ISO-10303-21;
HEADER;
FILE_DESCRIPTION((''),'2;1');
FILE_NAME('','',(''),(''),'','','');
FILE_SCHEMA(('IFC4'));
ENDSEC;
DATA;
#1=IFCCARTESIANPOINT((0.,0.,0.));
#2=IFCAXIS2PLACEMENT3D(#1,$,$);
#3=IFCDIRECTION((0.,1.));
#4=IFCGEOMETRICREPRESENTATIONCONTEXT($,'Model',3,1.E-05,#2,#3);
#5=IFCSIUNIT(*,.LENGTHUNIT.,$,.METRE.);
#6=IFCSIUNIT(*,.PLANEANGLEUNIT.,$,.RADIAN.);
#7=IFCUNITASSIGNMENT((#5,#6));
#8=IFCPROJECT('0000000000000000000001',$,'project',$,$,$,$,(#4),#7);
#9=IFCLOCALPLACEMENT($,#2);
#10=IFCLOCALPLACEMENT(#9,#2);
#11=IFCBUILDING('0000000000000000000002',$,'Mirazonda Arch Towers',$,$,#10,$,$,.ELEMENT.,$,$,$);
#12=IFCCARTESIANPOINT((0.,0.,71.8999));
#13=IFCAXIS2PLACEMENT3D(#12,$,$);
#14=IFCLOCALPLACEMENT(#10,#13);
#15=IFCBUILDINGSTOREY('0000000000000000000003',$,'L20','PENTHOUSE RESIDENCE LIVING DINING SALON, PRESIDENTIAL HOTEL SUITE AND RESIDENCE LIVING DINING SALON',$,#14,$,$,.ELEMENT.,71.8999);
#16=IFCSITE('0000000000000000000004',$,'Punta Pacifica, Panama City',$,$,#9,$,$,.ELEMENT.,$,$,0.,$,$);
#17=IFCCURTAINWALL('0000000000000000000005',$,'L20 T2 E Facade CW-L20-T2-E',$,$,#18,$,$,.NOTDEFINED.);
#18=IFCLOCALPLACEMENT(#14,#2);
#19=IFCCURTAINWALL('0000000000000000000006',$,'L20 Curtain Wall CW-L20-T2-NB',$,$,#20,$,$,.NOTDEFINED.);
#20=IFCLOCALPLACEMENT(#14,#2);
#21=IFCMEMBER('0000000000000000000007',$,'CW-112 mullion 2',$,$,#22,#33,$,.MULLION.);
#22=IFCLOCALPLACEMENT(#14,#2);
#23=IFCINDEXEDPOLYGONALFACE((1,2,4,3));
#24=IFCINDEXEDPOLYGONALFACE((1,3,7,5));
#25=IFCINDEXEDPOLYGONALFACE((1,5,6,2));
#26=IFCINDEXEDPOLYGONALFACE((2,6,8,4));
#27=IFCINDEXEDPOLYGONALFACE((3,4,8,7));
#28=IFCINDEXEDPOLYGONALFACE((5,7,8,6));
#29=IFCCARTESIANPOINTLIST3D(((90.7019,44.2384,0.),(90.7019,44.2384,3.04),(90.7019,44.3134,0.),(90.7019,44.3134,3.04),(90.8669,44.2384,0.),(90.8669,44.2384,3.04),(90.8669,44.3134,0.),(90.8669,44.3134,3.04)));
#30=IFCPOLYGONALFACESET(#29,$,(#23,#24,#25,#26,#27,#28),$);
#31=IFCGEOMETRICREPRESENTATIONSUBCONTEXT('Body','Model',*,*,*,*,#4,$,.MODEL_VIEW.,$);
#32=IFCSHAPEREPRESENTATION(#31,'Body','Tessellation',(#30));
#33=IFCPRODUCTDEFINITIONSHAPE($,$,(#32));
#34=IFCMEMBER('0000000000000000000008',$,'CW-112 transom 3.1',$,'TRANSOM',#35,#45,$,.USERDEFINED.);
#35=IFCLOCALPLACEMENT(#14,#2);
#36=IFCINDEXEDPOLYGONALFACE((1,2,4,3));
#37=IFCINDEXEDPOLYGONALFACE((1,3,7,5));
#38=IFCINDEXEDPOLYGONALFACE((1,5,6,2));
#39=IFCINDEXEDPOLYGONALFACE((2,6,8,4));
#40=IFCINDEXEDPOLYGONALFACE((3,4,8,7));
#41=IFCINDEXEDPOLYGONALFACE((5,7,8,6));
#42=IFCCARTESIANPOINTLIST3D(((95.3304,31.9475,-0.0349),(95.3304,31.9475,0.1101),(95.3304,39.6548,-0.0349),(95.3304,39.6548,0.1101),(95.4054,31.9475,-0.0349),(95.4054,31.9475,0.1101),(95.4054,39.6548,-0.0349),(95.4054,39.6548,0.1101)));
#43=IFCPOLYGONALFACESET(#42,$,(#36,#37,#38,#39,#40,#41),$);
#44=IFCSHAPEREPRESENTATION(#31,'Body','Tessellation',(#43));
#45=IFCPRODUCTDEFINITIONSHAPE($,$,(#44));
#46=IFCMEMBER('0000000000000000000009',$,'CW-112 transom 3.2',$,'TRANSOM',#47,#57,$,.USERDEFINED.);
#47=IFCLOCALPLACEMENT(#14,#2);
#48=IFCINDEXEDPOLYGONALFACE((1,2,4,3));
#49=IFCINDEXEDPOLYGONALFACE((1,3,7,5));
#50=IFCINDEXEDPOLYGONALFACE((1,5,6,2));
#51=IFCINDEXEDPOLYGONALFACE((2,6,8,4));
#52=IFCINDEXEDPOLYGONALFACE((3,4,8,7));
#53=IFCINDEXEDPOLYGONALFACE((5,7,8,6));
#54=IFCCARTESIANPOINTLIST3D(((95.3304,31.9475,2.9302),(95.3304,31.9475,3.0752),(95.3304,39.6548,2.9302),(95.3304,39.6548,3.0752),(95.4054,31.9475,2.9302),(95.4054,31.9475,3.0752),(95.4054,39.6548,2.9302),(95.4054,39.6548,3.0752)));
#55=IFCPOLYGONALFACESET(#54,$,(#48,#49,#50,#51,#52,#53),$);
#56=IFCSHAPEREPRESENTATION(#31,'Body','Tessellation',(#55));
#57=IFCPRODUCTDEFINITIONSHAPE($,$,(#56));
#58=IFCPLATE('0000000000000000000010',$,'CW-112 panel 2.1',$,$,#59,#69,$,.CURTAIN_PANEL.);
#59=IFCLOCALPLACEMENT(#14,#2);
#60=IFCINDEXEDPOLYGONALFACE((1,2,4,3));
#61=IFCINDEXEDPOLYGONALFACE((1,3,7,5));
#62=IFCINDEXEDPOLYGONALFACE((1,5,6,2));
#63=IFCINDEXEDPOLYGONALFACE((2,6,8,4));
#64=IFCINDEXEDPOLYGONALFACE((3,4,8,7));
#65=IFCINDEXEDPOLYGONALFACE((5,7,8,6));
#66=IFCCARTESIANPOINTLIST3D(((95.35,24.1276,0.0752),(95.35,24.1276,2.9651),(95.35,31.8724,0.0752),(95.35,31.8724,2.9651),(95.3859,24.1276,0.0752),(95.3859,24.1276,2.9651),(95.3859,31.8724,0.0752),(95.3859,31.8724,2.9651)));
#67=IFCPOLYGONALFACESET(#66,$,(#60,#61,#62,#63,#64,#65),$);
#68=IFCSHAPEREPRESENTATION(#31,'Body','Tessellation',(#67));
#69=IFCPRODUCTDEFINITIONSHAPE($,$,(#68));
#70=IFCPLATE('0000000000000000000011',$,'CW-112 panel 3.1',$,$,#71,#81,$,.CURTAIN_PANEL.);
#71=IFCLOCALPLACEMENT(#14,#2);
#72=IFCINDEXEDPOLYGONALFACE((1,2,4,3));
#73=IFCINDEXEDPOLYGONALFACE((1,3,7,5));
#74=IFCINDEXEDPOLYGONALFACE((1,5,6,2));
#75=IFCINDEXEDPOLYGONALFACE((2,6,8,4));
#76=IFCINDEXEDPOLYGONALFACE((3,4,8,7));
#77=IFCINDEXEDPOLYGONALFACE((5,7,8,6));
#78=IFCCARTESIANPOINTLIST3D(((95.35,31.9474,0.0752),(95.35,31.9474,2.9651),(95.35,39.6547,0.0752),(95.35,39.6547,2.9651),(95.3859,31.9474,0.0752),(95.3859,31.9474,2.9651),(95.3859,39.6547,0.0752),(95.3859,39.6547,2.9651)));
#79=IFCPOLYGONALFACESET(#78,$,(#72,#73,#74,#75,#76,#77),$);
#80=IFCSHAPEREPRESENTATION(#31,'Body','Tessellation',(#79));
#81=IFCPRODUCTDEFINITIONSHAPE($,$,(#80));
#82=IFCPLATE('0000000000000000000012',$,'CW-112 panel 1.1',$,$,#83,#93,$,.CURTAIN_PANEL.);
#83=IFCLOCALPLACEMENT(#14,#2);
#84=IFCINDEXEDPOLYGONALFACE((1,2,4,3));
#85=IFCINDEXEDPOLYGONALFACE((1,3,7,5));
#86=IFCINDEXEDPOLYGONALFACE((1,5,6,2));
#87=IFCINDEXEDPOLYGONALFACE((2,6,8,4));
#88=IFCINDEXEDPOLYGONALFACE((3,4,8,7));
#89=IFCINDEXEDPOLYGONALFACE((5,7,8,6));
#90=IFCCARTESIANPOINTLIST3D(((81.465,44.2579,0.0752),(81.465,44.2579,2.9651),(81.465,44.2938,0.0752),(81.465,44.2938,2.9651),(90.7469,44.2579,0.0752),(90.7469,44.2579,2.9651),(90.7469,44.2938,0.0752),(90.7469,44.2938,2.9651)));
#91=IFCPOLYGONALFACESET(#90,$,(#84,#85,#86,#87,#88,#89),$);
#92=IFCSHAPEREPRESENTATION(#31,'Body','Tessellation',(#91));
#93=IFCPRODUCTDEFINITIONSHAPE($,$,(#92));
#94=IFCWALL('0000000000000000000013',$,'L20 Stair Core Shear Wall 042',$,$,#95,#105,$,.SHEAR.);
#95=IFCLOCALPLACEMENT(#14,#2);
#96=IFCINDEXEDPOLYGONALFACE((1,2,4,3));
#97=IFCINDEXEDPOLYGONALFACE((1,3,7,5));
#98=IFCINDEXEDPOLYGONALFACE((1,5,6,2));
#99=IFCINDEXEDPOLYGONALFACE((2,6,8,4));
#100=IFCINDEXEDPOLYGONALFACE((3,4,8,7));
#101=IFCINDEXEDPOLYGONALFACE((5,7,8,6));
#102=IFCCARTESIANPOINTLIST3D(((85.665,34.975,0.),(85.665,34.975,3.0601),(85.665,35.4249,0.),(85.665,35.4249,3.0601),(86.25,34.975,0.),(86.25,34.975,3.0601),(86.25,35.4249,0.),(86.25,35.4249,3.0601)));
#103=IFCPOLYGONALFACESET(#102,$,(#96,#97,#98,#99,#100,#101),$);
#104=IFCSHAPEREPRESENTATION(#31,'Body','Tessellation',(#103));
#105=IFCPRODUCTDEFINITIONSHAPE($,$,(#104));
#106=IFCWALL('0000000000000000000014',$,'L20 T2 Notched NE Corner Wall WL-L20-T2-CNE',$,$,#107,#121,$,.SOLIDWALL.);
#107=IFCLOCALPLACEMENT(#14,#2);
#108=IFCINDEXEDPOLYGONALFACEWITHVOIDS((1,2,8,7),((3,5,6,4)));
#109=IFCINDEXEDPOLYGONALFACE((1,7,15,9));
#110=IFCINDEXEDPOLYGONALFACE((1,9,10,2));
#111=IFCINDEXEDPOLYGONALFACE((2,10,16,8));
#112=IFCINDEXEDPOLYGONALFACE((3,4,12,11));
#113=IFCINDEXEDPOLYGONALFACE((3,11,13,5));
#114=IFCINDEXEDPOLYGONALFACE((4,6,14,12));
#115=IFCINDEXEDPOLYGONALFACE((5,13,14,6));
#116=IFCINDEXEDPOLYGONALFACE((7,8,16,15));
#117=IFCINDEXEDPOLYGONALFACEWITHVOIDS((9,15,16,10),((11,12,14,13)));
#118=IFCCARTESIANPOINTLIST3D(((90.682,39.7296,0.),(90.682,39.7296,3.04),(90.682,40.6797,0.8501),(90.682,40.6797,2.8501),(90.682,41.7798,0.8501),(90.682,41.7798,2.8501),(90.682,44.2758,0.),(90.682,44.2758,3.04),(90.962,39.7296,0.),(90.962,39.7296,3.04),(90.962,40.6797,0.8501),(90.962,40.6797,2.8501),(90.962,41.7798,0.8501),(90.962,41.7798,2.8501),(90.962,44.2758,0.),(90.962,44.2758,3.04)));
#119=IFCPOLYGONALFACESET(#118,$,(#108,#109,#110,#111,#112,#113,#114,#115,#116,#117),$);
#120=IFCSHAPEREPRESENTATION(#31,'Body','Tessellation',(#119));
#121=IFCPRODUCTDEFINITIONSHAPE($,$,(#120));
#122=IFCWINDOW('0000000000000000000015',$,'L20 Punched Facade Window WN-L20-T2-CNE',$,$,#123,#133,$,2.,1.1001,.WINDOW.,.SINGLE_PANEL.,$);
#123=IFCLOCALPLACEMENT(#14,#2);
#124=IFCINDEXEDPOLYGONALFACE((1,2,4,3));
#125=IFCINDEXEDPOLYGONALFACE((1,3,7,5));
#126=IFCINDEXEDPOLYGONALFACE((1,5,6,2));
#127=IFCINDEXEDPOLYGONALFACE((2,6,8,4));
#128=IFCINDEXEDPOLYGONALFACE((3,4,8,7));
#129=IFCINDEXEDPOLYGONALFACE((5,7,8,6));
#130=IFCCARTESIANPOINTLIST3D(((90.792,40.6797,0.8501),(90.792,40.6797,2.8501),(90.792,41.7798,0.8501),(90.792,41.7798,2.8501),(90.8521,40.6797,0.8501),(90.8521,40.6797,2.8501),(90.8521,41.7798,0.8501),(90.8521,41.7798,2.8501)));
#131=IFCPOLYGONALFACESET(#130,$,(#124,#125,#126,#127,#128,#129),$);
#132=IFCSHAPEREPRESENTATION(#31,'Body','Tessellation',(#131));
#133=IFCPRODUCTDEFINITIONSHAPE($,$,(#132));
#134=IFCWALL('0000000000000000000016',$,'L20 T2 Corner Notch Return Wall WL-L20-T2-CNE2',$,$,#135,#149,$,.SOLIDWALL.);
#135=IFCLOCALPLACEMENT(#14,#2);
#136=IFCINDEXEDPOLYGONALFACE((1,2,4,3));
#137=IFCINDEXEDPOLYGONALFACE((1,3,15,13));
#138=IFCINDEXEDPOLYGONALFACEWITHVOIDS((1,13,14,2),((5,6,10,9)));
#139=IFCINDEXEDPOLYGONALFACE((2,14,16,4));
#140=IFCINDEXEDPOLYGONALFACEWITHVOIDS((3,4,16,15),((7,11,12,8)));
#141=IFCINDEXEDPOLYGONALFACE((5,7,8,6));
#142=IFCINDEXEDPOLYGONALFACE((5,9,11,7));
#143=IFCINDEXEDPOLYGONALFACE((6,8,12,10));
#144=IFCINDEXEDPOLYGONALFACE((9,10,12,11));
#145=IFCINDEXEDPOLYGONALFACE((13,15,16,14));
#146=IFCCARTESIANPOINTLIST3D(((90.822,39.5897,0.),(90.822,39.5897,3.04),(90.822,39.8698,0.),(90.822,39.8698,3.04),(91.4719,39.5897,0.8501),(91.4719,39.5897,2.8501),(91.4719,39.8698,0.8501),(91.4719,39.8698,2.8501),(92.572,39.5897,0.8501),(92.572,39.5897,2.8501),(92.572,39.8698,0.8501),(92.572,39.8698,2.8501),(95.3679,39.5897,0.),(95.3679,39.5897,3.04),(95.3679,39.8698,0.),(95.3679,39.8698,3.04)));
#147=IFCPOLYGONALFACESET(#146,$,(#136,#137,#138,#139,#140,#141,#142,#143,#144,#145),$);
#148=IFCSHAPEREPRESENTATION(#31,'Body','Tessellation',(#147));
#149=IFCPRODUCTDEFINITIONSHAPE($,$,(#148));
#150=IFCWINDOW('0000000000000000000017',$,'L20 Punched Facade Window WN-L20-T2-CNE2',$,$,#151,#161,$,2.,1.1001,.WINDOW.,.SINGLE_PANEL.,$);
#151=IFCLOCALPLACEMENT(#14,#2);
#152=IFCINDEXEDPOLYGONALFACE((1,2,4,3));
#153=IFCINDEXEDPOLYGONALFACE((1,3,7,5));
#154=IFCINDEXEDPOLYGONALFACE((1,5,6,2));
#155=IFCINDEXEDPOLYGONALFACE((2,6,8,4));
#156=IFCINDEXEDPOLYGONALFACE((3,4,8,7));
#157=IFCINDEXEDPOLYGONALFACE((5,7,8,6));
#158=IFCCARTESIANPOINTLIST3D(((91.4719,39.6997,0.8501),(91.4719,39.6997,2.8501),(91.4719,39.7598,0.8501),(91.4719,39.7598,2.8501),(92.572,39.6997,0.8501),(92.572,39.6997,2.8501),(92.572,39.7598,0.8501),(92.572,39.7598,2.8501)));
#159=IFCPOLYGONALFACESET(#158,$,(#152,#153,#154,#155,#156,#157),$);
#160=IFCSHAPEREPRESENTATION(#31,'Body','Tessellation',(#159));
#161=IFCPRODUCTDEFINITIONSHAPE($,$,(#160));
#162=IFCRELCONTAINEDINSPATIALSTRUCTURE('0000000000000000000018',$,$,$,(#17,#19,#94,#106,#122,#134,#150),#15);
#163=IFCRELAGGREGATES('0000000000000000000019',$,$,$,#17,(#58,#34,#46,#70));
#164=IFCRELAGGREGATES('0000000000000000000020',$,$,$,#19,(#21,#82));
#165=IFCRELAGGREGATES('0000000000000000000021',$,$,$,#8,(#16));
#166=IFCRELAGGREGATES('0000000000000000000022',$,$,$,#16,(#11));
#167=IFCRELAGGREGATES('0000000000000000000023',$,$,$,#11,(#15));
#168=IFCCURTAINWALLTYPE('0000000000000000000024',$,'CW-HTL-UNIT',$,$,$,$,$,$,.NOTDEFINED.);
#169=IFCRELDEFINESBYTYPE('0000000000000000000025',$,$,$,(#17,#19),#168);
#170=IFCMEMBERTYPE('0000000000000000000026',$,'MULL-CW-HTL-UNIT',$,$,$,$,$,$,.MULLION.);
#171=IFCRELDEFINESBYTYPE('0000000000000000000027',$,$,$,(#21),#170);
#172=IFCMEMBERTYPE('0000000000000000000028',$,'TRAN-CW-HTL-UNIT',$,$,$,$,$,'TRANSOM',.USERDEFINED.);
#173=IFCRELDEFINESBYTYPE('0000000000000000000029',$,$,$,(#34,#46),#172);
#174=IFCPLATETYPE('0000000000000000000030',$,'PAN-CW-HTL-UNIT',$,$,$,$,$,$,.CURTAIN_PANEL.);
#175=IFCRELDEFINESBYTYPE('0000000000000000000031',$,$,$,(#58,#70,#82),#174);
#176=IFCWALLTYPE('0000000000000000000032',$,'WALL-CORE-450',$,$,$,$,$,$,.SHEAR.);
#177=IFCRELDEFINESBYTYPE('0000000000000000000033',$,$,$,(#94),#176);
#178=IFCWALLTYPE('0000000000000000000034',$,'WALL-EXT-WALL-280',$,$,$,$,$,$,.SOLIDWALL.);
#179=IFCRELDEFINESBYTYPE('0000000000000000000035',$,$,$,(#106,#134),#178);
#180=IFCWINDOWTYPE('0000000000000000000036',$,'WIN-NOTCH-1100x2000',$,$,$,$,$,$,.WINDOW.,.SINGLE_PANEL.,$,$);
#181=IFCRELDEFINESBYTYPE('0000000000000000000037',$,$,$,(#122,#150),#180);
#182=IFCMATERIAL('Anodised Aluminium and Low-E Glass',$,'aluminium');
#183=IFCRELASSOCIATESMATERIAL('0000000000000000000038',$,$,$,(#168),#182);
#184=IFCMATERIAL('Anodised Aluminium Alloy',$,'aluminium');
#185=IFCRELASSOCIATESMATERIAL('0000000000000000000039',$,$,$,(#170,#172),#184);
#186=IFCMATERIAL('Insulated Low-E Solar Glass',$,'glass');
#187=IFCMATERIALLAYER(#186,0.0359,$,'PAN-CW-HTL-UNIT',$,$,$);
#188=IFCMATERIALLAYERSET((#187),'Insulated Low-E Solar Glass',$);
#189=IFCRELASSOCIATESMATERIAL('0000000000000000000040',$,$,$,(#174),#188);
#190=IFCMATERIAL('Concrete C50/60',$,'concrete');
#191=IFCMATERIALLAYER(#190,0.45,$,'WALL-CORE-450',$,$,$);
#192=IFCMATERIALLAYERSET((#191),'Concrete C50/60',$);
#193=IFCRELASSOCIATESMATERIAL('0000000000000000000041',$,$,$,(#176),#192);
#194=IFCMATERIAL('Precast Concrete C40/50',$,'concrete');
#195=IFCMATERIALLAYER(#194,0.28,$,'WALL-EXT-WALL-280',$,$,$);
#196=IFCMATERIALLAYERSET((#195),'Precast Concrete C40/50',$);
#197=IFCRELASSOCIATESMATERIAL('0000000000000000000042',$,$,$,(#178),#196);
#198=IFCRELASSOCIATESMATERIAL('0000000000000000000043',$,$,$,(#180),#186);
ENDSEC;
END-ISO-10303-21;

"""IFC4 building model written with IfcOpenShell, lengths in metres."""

from ifc_helpers import new_model, si_unit, direction, frame, frame_2d, origin, origin_2d, place, context, subcontext, project, spatial, rectangle, extrude, material, layer, layer_set, material_profile, profile_set, type_object, element, fill, aggregate, save


model = new_model("IFC4")

# Units and contexts
model_context = context("Model", 3, precision=1e-05, world=origin(), true_north=direction((0.0, 1.0)))
body_context = subcontext(model_context, "Body", "Model", "MODEL_VIEW")
ifc_project = project(units=[si_unit("LENGTHUNIT", "METRE"), si_unit("PLANEANGLEUNIT", "RADIAN")], contexts=[model_context])

# Site, building, storey
site_placement = place(None, origin())
site = spatial("IfcSite", under=ifc_project, at=site_placement, Name="Punta Pacifica, Panama City", CompositionType="ELEMENT", RefElevation=0.0)
building_placement = place(site_placement, origin())
building = spatial("IfcBuilding", under=site, at=building_placement, Name="Mirazonda Arch Towers", CompositionType="ELEMENT")
storey_placement = place(building_placement, frame((0.0, 0.0, 71.8999)))
storey = spatial("IfcBuildingStorey", under=building, at=storey_placement, Name="L20", Description="PENTHOUSE RESIDENCE LIVING DINING SALON, PRESIDENTIAL HOTEL SUITE AND RESIDENCE LIVING DINING SALON", CompositionType="ELEMENT", Elevation=71.8999)

# Curtain wall
ifc_material_1 = material(Name="Anodised Aluminium and Low-E Glass", Category="aluminium")
curtain_wall_type = type_object("IfcCurtainWallType", Name="CW-HTL-UNIT", PredefinedType="NOTDEFINED", material=ifc_material_1)
curtain_wall_1_placement = place(storey_placement, origin())
curtain_wall_1 = element("IfcCurtainWall", 1, at=curtain_wall_1_placement, inside=storey, type_object=curtain_wall_type, Name="L20 T2 E Facade CW-L20-T2-E", PredefinedType="NOTDEFINED")
ifc_material_2 = material(Name="Anodised Aluminium Alloy", Category="aluminium")
ifc_material_profile_1 = material_profile(ifc_material_2, rectangle(XDim=0.075, YDim=0.165, at=origin_2d()), Name="ALU-MULL-75x165")
ifc_profile_set_1 = profile_set([ifc_material_profile_1], Name="Anodised Aluminium Alloy")
member_type_1 = type_object("IfcMemberType", Name="MULL-CW-HTL-UNIT", PredefinedType="MULLION", material=ifc_profile_set_1)

# Curtain wall, member
curtain_wall_2_placement = place(storey_placement, origin())
curtain_wall_2 = element("IfcCurtainWall", 2, at=curtain_wall_2_placement, inside=storey, type_object=curtain_wall_type, Name="L20 Curtain Wall CW-L20-T2-NB", PredefinedType="NOTDEFINED")
member_1_placement = place(storey_placement, frame((90.7844, 44.2759, 0.0), z_axis=(0.0, 0.0, 1.0), x_axis=(0.0, 1.0, 0.0)))
member_1 = element("IfcMember", 3, at=member_1_placement, type_object=member_type_1, Name="CW-112 mullion 2", PredefinedType="MULLION", context=body_context, shape_type="SweptSolid", body=[
    extrude(rectangle(XDim=0.075, YDim=0.165, at=origin_2d()), origin(), (0.0, 0.0, 1.0), 3.04),
])

# Members
ifc_material_profile_2 = material_profile(ifc_material_2, rectangle(XDim=0.075, YDim=0.145, at=origin_2d()), Name="ALU-TRAN-75x145")
ifc_profile_set_2 = profile_set([ifc_material_profile_2], Name="Anodised Aluminium Alloy")
member_type_2 = type_object("IfcMemberType", Name="TRAN-CW-HTL-UNIT", ElementType="TRANSOM", PredefinedType="USERDEFINED", material=ifc_profile_set_2)
member_2_placement = place(storey_placement, frame((95.3679, 31.9475, 0.0376), z_axis=(0.0, 1.0, 0.0), x_axis=(-1.0, 0.0, 0.0)))
member_2 = element("IfcMember", 4, at=member_2_placement, type_object=member_type_2, Name="CW-112 transom 3.1", ObjectType="TRANSOM", PredefinedType="USERDEFINED", context=body_context, shape_type="SweptSolid", body=[
    extrude(rectangle(XDim=0.075, YDim=0.145, at=origin_2d()), origin(), (0.0, 0.0, 1.0), 7.7073),
])
member_3_placement = place(storey_placement, frame((95.3679, 31.9475, 3.0027), z_axis=(0.0, 1.0, 0.0), x_axis=(-1.0, 0.0, 0.0)))
member_3 = element("IfcMember", 5, at=member_3_placement, type_object=member_type_2, Name="CW-112 transom 3.2", ObjectType="TRANSOM", PredefinedType="USERDEFINED", context=body_context, shape_type="SweptSolid", body=[
    extrude(rectangle(XDim=0.075, YDim=0.145, at=origin_2d()), origin(), (0.0, 0.0, 1.0), 7.7073),
])

# Plates
ifc_material_3 = material(Name="Insulated Low-E Solar Glass", Category="glass")
ifc_layer_1 = layer(ifc_material_3, 0.0359, Name="PAN-CW-HTL-UNIT")
ifc_layer_set_1 = layer_set([ifc_layer_1], Name="Insulated Low-E Solar Glass")
plate_type = type_object("IfcPlateType", Name="PAN-CW-HTL-UNIT", PredefinedType="CURTAIN_PANEL", material=ifc_layer_set_1)
plate_1_placement = place(storey_placement, frame((95.3679, 28.0, 0.0752), z_axis=(0.0, 0.0, 1.0), x_axis=(0.0, 1.0, 0.0)))
plate_1 = element("IfcPlate", 6, at=plate_1_placement, type_object=plate_type, Name="CW-112 panel 2.1", PredefinedType="CURTAIN_PANEL", context=body_context, shape_type="SweptSolid", body=[
    extrude(rectangle(XDim=7.7449, YDim=0.0359, at=origin_2d()), origin(), (0.0, 0.0, 1.0), 2.8899),
])
plate_2_placement = place(storey_placement, frame((95.3679, 35.801, 0.0752), z_axis=(0.0, 0.0, 1.0), x_axis=(0.0, 1.0, 0.0)))
plate_2 = element("IfcPlate", 7, at=plate_2_placement, type_object=plate_type, Name="CW-112 panel 3.1", PredefinedType="CURTAIN_PANEL", context=body_context, shape_type="SweptSolid", body=[
    extrude(rectangle(XDim=7.7073, YDim=0.0359, at=origin_2d()), origin(), (0.0, 0.0, 1.0), 2.8899),
])
aggregate(curtain_wall_1, [plate_1, member_2, member_3, plate_2])
plate_3_placement = place(storey_placement, frame((86.106, 44.2759, 0.0752), z_axis=(0.0, 0.0, 1.0), x_axis=(1.0, 0.0, 0.0)))
plate_3 = element("IfcPlate", 8, at=plate_3_placement, type_object=plate_type, Name="CW-112 panel 1.1", PredefinedType="CURTAIN_PANEL", context=body_context, shape_type="SweptSolid", body=[
    extrude(rectangle(XDim=9.282, YDim=0.0359, at=origin_2d()), origin(), (0.0, 0.0, 1.0), 2.8899),
])
aggregate(curtain_wall_2, [member_1, plate_3])

# Wall
ifc_material_4 = material(Name="Concrete C50/60", Category="concrete")
ifc_layer_2 = layer(ifc_material_4, 0.45, Name="WALL-CORE-450")
ifc_layer_set_2 = layer_set([ifc_layer_2], Name="Concrete C50/60")
wall_type_1 = type_object("IfcWallType", Name="WALL-CORE-450", PredefinedType="SHEAR", material=ifc_layer_set_2)
wall_1_placement = place(storey_placement, frame((85.665, 35.2, 0.0), z_axis=(0.0, 0.0, 1.0), x_axis=(1.0, 0.0, 0.0)))
element("IfcWall", 9, at=wall_1_placement, inside=storey, type_object=wall_type_1, Name="L20 Stair Core Shear Wall 042", PredefinedType="SHEAR", context=body_context, shape_type="SweptSolid", body=[
    extrude(rectangle(XDim=0.585, YDim=0.45, at=frame_2d((0.2925, 0.0))), origin(), (0.0, 0.0, 1.0), 3.0601),
])

# Walls, openings, windows
ifc_material_5 = material(Name="Precast Concrete C40/50", Category="concrete")
ifc_layer_3 = layer(ifc_material_5, 0.28, Name="WALL-EXT-WALL-280")
ifc_layer_set_3 = layer_set([ifc_layer_3], Name="Precast Concrete C40/50")
wall_type_2 = type_object("IfcWallType", Name="WALL-EXT-WALL-280", PredefinedType="SOLIDWALL", material=ifc_layer_set_3)
wall_2_placement = place(storey_placement, frame((90.822, 39.7297, 0.0), z_axis=(0.0, 0.0, 1.0), x_axis=(0.0, 1.0, 0.0)))
wall_2 = element("IfcWall", 10, at=wall_2_placement, inside=storey, type_object=wall_type_2, Name="L20 T2 Notched NE Corner Wall WL-L20-T2-CNE", PredefinedType="SOLIDWALL", context=body_context, shape_type="SweptSolid", body=[
    extrude(rectangle(XDim=4.5461, YDim=0.28, at=frame_2d((2.2729, 0.0))), origin(), (0.0, 0.0, 1.0), 3.04),
])
opening_1_placement = place(wall_2_placement, frame((0.95, 0.0, 0.8501)))
opening_1 = element("IfcOpeningElement", 11, at=opening_1_placement, cuts=wall_2, PredefinedType="OPENING", context=body_context, shape_type="SweptSolid", body=[
    extrude(rectangle(XDim=1.1001, YDim=2.0, at=frame_2d((0.55, 1.0))), frame((0.0, 0.1499, 0.0), z_axis=(0.0, -1.0, 0.0), x_axis=(1.0, 0.0, 0.0)), (0.0, 0.0, 1.0), 0.3),
])
window_type = type_object("IfcWindowType", Name="WIN-NOTCH-1100x2000", PartitioningType="SINGLE_PANEL", PredefinedType="WINDOW", material=ifc_material_3)
window_1_placement = place(opening_1_placement, origin())
window_1 = element("IfcWindow", 12, at=window_1_placement, inside=storey, type_object=window_type, Name="L20 Punched Facade Window WN-L20-T2-CNE", OverallHeight=2.0, OverallWidth=1.1001, PartitioningType="SINGLE_PANEL", PredefinedType="WINDOW", context=body_context, shape_type="SweptSolid", body=[
    extrude(rectangle(XDim=1.1001, YDim=2.0, at=frame_2d((0.55, 1.0))), frame((0.0, 0.03, 0.0), z_axis=(0.0, -1.0, 0.0), x_axis=(1.0, 0.0, 0.0)), (0.0, 0.0, 1.0), 0.0601),
])
fill(opening_1, window_1)
wall_3_placement = place(storey_placement, frame((95.3679, 39.7297, 0.0), z_axis=(0.0, 0.0, 1.0), x_axis=(-1.0, 0.0, 0.0)))
wall_3 = element("IfcWall", 13, at=wall_3_placement, inside=storey, type_object=wall_type_2, Name="L20 T2 Corner Notch Return Wall WL-L20-T2-CNE2", PredefinedType="SOLIDWALL", context=body_context, shape_type="SweptSolid", body=[
    extrude(rectangle(XDim=4.5459, YDim=0.28, at=frame_2d((2.2729, 0.0))), origin(), (0.0, 0.0, 1.0), 3.04),
])
opening_2_placement = place(wall_3_placement, frame((2.7959, 0.0, 0.8501)))
opening_2 = element("IfcOpeningElement", 14, at=opening_2_placement, cuts=wall_3, PredefinedType="OPENING", context=body_context, shape_type="SweptSolid", body=[
    extrude(rectangle(XDim=1.1001, YDim=2.0, at=frame_2d((0.55, 1.0))), frame((0.0, 0.1499, 0.0), z_axis=(0.0, -1.0, 0.0), x_axis=(1.0, 0.0, 0.0)), (0.0, 0.0, 1.0), 0.3),
])
window_2_placement = place(opening_2_placement, origin())
window_2 = element("IfcWindow", 15, at=window_2_placement, inside=storey, type_object=window_type, Name="L20 Punched Facade Window WN-L20-T2-CNE2", OverallHeight=2.0, OverallWidth=1.1001, PartitioningType="SINGLE_PANEL", PredefinedType="WINDOW", context=body_context, shape_type="SweptSolid", body=[
    extrude(rectangle(XDim=1.1001, YDim=2.0, at=frame_2d((0.55, 1.0))), frame((0.0, 0.03, 0.0), z_axis=(0.0, -1.0, 0.0), x_axis=(1.0, 0.0, 0.0)), (0.0, 0.0, 1.0), 0.0601),
])
fill(opening_2, window_2)

save(model, "model.ifc")
